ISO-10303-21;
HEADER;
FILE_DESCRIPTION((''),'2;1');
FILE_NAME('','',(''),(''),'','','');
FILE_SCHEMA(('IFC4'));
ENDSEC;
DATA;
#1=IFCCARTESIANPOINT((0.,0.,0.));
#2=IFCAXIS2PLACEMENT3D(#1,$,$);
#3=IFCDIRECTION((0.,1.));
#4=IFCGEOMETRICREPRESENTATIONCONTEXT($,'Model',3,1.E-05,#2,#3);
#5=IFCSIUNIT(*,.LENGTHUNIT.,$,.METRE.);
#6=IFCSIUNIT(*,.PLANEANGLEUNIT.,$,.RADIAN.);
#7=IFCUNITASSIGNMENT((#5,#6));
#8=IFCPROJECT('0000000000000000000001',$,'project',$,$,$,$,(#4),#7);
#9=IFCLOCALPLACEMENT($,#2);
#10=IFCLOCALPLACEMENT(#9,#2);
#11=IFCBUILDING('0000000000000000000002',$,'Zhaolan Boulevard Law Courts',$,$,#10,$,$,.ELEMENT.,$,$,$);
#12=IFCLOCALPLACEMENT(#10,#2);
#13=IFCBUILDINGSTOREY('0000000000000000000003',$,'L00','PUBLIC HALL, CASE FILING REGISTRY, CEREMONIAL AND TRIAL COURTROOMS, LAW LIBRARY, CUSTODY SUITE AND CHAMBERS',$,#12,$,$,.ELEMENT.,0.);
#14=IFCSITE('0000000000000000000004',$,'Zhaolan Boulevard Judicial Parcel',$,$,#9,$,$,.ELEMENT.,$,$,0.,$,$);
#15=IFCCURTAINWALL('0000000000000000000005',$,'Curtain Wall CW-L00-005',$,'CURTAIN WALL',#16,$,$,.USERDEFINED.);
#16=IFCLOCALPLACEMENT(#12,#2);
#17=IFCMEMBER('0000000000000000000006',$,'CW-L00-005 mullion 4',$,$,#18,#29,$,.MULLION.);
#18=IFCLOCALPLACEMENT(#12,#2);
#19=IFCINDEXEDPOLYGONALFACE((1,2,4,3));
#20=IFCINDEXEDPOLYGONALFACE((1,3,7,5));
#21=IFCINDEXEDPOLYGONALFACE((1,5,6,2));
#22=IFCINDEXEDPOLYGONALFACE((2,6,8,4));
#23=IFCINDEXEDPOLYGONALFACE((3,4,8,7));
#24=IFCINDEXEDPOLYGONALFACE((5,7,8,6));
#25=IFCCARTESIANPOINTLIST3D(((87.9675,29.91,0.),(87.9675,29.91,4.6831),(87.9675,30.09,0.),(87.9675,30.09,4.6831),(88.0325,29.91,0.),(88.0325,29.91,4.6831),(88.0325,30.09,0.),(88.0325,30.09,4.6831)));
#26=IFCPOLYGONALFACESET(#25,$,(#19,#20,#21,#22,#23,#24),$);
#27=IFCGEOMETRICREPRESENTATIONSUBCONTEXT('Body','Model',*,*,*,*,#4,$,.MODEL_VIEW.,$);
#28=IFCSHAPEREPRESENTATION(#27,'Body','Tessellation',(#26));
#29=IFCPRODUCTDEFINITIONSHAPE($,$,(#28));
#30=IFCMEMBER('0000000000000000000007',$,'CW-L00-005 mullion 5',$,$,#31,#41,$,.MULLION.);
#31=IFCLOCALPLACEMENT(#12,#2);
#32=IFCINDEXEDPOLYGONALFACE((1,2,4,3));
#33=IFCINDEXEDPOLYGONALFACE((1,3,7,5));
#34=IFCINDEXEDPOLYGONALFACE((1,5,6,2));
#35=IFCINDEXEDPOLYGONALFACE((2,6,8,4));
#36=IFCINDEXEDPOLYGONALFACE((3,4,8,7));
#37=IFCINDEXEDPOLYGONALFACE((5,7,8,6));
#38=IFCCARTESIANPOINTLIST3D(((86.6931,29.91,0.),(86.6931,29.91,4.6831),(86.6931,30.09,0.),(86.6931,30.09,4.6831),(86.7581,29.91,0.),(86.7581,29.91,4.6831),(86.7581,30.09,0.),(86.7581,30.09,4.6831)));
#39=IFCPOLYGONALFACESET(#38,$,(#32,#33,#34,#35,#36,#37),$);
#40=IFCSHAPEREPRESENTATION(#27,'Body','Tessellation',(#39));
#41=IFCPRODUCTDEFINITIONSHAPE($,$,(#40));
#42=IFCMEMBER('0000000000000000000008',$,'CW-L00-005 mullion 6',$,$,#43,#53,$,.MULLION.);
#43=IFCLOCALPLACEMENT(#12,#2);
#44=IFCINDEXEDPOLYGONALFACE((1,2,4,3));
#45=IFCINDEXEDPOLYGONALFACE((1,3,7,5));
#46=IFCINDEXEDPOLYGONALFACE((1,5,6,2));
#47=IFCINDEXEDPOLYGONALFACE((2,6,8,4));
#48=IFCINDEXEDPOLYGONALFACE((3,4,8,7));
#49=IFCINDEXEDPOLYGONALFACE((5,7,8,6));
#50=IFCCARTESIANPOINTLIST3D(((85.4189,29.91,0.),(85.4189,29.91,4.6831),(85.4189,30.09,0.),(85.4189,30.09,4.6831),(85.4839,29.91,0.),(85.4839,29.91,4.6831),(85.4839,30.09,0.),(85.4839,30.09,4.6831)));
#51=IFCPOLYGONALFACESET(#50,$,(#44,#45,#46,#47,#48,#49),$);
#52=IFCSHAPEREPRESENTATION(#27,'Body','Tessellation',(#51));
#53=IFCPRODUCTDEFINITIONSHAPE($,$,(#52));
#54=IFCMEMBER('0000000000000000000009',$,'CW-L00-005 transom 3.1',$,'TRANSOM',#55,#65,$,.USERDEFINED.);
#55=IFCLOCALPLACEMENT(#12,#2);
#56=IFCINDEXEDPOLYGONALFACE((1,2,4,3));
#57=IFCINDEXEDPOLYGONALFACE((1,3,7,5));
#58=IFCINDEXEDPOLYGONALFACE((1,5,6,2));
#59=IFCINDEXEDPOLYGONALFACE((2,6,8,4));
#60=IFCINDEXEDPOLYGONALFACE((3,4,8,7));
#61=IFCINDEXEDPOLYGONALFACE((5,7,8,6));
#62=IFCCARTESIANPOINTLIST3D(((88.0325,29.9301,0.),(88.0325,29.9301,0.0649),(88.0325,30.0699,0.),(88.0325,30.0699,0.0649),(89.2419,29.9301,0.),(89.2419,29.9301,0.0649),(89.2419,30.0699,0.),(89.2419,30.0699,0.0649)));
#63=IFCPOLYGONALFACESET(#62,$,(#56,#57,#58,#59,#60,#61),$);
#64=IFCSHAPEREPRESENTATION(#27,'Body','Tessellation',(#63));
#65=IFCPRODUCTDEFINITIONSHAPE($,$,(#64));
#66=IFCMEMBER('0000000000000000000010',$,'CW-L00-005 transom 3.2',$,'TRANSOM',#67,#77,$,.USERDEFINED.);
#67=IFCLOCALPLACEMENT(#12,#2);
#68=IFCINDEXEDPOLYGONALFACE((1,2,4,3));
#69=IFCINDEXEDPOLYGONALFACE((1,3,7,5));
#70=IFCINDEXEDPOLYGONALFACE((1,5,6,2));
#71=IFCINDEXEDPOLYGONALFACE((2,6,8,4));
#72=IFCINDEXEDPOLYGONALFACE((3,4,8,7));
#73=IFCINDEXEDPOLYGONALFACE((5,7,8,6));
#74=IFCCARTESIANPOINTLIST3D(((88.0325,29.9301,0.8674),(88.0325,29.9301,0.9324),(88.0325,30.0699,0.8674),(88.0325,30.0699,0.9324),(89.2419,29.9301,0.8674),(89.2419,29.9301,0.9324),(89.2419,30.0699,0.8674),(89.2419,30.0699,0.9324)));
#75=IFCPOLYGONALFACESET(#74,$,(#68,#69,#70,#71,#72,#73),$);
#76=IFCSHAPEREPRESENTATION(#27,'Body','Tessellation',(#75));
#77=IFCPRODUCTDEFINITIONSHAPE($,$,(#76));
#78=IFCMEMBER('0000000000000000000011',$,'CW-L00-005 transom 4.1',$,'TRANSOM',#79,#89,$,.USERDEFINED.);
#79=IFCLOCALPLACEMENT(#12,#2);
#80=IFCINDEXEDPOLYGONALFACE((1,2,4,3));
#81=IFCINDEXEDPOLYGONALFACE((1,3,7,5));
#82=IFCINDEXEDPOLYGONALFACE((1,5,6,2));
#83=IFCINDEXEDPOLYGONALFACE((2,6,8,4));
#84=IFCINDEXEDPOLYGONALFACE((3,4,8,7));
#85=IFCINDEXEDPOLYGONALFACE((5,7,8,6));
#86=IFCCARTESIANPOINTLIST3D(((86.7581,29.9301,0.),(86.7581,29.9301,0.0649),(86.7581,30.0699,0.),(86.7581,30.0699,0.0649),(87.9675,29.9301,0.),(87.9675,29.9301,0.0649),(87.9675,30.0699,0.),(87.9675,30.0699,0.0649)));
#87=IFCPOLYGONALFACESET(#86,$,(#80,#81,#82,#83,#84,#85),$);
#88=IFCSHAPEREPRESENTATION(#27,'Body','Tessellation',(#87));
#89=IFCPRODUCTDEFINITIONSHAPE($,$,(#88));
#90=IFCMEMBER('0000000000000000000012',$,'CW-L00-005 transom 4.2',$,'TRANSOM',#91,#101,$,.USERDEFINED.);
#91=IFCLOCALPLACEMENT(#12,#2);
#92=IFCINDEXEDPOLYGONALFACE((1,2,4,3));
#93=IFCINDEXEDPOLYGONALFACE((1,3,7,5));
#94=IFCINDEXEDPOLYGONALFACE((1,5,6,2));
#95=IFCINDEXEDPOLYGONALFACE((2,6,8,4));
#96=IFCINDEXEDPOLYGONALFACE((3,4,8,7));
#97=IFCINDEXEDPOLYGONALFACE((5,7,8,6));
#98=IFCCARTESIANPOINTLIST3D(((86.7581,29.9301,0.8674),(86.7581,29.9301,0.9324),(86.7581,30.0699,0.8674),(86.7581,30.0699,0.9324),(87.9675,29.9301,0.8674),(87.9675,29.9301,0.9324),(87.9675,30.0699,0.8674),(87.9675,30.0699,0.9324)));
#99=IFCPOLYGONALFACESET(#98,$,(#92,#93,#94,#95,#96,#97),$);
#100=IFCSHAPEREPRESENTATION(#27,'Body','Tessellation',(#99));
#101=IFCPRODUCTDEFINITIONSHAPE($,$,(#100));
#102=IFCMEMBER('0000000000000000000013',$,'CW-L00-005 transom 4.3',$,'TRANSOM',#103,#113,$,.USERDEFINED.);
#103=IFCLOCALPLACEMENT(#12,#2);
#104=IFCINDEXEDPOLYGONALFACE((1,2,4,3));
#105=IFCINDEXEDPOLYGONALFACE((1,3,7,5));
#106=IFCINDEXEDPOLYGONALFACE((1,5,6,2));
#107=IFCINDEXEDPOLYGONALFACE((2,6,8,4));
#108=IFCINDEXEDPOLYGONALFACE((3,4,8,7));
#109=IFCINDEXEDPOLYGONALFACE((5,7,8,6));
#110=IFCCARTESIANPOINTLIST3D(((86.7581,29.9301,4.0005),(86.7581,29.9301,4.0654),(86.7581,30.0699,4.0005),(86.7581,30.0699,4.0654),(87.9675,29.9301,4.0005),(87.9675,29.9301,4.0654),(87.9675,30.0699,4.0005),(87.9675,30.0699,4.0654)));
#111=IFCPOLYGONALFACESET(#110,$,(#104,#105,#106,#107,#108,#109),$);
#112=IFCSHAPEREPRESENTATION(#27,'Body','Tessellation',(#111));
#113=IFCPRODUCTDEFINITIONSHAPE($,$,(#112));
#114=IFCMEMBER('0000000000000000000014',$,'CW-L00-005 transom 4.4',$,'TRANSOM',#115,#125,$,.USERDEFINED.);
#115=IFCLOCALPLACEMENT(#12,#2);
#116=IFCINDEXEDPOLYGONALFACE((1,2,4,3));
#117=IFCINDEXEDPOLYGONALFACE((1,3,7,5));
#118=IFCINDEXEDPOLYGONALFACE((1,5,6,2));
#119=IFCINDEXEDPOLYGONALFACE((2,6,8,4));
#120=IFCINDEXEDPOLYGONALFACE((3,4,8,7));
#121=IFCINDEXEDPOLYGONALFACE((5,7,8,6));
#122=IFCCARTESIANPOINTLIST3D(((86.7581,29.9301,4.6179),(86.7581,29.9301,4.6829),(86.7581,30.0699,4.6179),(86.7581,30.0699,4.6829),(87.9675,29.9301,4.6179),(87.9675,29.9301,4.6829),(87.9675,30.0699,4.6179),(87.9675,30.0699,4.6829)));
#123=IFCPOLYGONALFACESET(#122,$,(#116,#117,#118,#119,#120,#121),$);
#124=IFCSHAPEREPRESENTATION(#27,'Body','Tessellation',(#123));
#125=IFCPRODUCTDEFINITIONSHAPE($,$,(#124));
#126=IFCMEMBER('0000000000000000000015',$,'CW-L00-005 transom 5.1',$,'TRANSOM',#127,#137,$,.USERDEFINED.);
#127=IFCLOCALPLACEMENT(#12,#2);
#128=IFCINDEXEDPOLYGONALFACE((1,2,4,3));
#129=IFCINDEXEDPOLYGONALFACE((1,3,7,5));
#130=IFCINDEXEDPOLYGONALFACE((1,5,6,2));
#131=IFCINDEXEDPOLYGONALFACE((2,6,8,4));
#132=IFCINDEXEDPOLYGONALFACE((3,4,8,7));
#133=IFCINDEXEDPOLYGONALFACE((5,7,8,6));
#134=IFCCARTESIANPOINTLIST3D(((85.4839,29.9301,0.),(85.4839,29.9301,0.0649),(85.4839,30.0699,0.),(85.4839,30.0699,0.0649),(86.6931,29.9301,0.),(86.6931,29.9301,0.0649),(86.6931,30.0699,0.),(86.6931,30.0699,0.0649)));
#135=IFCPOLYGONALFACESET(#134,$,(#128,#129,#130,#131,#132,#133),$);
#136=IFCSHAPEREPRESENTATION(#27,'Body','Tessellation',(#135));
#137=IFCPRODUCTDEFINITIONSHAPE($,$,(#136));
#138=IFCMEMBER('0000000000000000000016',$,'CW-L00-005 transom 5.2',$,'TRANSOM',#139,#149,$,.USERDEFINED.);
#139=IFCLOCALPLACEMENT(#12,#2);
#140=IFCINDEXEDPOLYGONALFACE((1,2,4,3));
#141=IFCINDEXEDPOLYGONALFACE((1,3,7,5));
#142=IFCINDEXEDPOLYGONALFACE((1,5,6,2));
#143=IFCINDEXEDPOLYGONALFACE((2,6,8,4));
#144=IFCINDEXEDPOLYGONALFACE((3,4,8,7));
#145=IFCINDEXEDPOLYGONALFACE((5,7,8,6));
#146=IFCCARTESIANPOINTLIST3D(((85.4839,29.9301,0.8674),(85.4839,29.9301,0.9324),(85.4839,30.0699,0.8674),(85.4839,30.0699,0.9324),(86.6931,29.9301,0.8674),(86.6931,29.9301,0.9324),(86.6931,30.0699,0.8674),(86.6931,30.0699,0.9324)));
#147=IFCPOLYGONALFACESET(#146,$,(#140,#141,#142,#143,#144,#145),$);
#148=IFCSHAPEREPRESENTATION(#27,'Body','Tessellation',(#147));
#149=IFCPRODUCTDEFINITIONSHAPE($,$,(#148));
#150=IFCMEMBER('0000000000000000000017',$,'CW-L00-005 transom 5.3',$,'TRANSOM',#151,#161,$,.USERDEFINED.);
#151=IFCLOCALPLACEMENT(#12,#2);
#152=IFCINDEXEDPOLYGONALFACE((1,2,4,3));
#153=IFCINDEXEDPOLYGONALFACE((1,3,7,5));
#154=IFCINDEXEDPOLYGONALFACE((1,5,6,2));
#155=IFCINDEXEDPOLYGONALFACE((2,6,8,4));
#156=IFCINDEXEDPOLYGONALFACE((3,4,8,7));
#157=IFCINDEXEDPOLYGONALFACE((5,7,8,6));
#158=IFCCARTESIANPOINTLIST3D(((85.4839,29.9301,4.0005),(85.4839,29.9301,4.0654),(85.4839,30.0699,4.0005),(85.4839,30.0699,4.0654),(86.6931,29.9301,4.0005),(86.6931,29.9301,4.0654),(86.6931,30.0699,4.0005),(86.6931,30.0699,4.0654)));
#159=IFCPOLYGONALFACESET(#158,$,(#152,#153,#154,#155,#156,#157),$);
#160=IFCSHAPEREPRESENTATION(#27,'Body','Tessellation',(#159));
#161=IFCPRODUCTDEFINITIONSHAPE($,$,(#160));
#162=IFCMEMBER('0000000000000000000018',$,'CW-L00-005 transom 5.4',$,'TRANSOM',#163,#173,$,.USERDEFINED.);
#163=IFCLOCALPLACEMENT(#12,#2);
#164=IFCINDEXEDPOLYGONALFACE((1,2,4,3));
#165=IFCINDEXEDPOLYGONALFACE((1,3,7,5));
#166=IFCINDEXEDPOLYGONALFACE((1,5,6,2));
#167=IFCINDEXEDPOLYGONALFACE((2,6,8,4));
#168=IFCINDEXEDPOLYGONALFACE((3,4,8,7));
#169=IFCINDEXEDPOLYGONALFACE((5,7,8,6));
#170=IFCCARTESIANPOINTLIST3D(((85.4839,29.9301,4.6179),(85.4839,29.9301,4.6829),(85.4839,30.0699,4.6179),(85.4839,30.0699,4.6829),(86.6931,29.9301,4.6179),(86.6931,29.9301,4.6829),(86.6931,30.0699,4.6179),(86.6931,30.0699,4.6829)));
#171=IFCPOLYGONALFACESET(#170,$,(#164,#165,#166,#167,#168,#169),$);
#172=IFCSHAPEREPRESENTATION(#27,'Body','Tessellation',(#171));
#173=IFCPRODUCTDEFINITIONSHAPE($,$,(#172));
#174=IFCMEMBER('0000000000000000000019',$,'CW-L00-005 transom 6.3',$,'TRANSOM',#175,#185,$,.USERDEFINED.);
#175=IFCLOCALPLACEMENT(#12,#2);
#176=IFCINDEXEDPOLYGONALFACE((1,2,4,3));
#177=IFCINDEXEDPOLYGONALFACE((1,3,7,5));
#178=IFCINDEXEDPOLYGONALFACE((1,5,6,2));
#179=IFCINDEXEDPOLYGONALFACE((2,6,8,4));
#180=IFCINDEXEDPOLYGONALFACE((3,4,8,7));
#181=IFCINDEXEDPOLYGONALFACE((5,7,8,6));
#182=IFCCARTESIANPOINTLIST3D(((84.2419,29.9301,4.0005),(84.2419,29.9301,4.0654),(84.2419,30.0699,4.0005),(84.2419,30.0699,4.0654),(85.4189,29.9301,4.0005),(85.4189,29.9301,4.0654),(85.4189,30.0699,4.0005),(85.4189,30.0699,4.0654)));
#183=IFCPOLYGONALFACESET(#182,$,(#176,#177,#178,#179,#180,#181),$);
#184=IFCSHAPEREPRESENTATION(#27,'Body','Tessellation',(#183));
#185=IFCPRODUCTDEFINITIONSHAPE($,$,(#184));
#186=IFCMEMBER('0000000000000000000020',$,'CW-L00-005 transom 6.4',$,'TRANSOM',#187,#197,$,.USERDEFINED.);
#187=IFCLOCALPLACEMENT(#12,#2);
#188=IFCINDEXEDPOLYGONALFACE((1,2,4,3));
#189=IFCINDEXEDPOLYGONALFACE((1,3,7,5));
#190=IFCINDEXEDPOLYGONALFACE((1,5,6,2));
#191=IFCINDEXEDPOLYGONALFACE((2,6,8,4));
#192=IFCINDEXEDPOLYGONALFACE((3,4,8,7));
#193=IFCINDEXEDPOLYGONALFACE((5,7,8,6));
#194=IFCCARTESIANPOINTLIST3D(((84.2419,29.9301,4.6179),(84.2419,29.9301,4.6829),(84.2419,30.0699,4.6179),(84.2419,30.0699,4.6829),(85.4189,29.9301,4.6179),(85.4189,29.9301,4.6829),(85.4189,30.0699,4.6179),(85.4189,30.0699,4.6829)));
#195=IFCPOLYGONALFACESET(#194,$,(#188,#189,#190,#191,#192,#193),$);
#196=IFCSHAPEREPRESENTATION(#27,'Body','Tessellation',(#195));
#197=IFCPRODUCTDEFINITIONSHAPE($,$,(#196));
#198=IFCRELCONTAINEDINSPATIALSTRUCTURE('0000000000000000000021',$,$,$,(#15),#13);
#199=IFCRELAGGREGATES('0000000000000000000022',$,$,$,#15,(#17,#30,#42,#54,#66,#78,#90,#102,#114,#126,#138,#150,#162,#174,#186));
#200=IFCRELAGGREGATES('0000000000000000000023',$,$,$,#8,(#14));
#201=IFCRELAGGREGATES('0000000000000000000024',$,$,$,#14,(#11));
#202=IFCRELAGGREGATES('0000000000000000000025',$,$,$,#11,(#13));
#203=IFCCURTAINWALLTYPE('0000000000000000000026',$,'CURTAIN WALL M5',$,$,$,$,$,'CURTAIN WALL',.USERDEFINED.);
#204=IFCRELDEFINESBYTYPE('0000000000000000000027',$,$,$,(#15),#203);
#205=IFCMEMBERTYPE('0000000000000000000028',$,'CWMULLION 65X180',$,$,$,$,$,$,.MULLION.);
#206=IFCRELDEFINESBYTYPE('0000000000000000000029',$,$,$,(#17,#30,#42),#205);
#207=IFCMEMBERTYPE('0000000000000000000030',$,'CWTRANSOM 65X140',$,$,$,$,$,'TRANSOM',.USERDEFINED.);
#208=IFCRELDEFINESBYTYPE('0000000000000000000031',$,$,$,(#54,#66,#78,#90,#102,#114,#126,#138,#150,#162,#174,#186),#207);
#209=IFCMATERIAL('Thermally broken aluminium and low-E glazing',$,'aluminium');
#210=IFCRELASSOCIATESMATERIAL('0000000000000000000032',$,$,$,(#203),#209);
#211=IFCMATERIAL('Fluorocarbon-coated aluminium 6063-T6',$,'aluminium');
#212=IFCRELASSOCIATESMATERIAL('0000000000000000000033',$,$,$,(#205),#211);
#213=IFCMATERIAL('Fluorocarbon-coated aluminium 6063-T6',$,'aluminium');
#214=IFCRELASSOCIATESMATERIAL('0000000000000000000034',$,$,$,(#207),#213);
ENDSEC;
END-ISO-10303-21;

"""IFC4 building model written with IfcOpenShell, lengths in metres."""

from ifc_helpers import new_model, si_unit, direction, frame, origin, origin_2d, place, context, subcontext, project, spatial, rectangle, extrude, material, material_profile, profile_set, type_object, element, aggregate, save


model = new_model("IFC4")

# Units and contexts
model_context = context("Model", 3, precision=1e-05, world=origin(), true_north=direction((0.0, 1.0)))
body_context = subcontext(model_context, "Body", "Model", "MODEL_VIEW")
ifc_project = project(units=[si_unit("LENGTHUNIT", "METRE"), si_unit("PLANEANGLEUNIT", "RADIAN")], contexts=[model_context])

# Site, building, storey
site_placement = place(None, origin())
site = spatial("IfcSite", under=ifc_project, at=site_placement, Name="Zhaolan Boulevard Judicial Parcel", CompositionType="ELEMENT", RefElevation=0.0)
building_placement = place(site_placement, origin())
building = spatial("IfcBuilding", under=site, at=building_placement, Name="Zhaolan Boulevard Law Courts", CompositionType="ELEMENT")
storey_placement = place(building_placement, origin())
storey = spatial("IfcBuildingStorey", under=building, at=storey_placement, Name="L00", Description="PUBLIC HALL, CASE FILING REGISTRY, CEREMONIAL AND TRIAL COURTROOMS, LAW LIBRARY, CUSTODY SUITE AND CHAMBERS", CompositionType="ELEMENT", Elevation=0.0)

# Curtain wall, members
ifc_material_1 = material(Name="Thermally broken aluminium and low-E glazing", Category="aluminium")
curtain_wall_type = type_object("IfcCurtainWallType", Name="CURTAIN WALL M5", ElementType="CURTAIN WALL", PredefinedType="USERDEFINED", material=ifc_material_1)
curtain_wall_placement = place(storey_placement, origin())
curtain_wall = element("IfcCurtainWall", 1, at=curtain_wall_placement, inside=storey, type_object=curtain_wall_type, Name="Curtain Wall CW-L00-005", ObjectType="CURTAIN WALL", PredefinedType="USERDEFINED")
ifc_material_2 = material(Name="Fluorocarbon-coated aluminium 6063-T6", Category="aluminium")
ifc_material_profile_1 = material_profile(ifc_material_2, rectangle(XDim=0.1799, YDim=0.0649, at=origin_2d()), Name="AL65x180")
ifc_profile_set_1 = profile_set([ifc_material_profile_1], Name="Fluorocarbon-coated aluminium 6063-T6")
member_type_1 = type_object("IfcMemberType", Name="CWMULLION 65X180", PredefinedType="MULLION", material=ifc_profile_set_1)
member_1_placement = place(storey_placement, frame((88.0, 30.0, 0.0), z_axis=(0.0, 0.0, 1.0), x_axis=(0.0, -1.0, 0.0)))
member_1 = element("IfcMember", 2, at=member_1_placement, type_object=member_type_1, Name="CW-L00-005 mullion 4", PredefinedType="MULLION", context=body_context, shape_type="SweptSolid", body=[
    extrude(rectangle(XDim=0.1799, YDim=0.0649, at=origin_2d()), origin(), (0.0, 0.0, 1.0), 4.6831),
])
member_2_placement = place(storey_placement, frame((86.7256, 30.0, 0.0), z_axis=(0.0, 0.0, 1.0), x_axis=(0.0, -1.0, 0.0)))
member_2 = element("IfcMember", 3, at=member_2_placement, type_object=member_type_1, Name="CW-L00-005 mullion 5", PredefinedType="MULLION", context=body_context, shape_type="SweptSolid", body=[
    extrude(rectangle(XDim=0.1799, YDim=0.0649, at=origin_2d()), origin(), (0.0, 0.0, 1.0), 4.6831),
])
member_3_placement = place(storey_placement, frame((85.4514, 30.0, 0.0), z_axis=(0.0, 0.0, 1.0), x_axis=(0.0, -1.0, 0.0)))
member_3 = element("IfcMember", 4, at=member_3_placement, type_object=member_type_1, Name="CW-L00-005 mullion 6", PredefinedType="MULLION", context=body_context, shape_type="SweptSolid", body=[
    extrude(rectangle(XDim=0.1799, YDim=0.0649, at=origin_2d()), origin(), (0.0, 0.0, 1.0), 4.6831),
])
ifc_material_3 = material(Name="Fluorocarbon-coated aluminium 6063-T6", Category="aluminium")
ifc_material_profile_2 = material_profile(ifc_material_3, rectangle(XDim=0.1399, YDim=0.0649, at=origin_2d()), Name="AL65x140")
ifc_profile_set_2 = profile_set([ifc_material_profile_2], Name="Fluorocarbon-coated aluminium 6063-T6")
member_type_2 = type_object("IfcMemberType", Name="CWTRANSOM 65X140", ElementType="TRANSOM", PredefinedType="USERDEFINED", material=ifc_profile_set_2)
member_4_placement = place(storey_placement, frame((89.2419, 30.0, 0.0325), z_axis=(-1.0, 0.0, 0.0), x_axis=(0.0, -1.0, 0.0)))
member_4 = element("IfcMember", 5, at=member_4_placement, type_object=member_type_2, Name="CW-L00-005 transom 3.1", ObjectType="TRANSOM", PredefinedType="USERDEFINED", context=body_context, shape_type="SweptSolid", body=[
    extrude(rectangle(XDim=0.1399, YDim=0.0649, at=origin_2d()), origin(), (0.0, 0.0, 1.0), 1.2095),
])
member_5_placement = place(storey_placement, frame((89.2419, 30.0, 0.8999), z_axis=(-1.0, 0.0, 0.0), x_axis=(0.0, -1.0, 0.0)))
member_5 = element("IfcMember", 6, at=member_5_placement, type_object=member_type_2, Name="CW-L00-005 transom 3.2", ObjectType="TRANSOM", PredefinedType="USERDEFINED", context=body_context, shape_type="SweptSolid", body=[
    extrude(rectangle(XDim=0.1399, YDim=0.0649, at=origin_2d()), origin(), (0.0, 0.0, 1.0), 1.2095),
])
member_6_placement = place(storey_placement, frame((87.9675, 30.0, 0.0325), z_axis=(-1.0, 0.0, 0.0), x_axis=(0.0, -1.0, 0.0)))
member_6 = element("IfcMember", 7, at=member_6_placement, type_object=member_type_2, Name="CW-L00-005 transom 4.1", ObjectType="TRANSOM", PredefinedType="USERDEFINED", context=body_context, shape_type="SweptSolid", body=[
    extrude(rectangle(XDim=0.1399, YDim=0.0649, at=origin_2d()), origin(), (0.0, 0.0, 1.0), 1.2095),
])
member_7_placement = place(storey_placement, frame((87.9675, 30.0, 0.8999), z_axis=(-1.0, 0.0, 0.0), x_axis=(0.0, -1.0, 0.0)))
member_7 = element("IfcMember", 8, at=member_7_placement, type_object=member_type_2, Name="CW-L00-005 transom 4.2", ObjectType="TRANSOM", PredefinedType="USERDEFINED", context=body_context, shape_type="SweptSolid", body=[
    extrude(rectangle(XDim=0.1399, YDim=0.0649, at=origin_2d()), origin(), (0.0, 0.0, 1.0), 1.2095),
])
member_8_placement = place(storey_placement, frame((87.9675, 30.0, 4.033), z_axis=(-1.0, 0.0, 0.0), x_axis=(0.0, -1.0, 0.0)))
member_8 = element("IfcMember", 9, at=member_8_placement, type_object=member_type_2, Name="CW-L00-005 transom 4.3", ObjectType="TRANSOM", PredefinedType="USERDEFINED", context=body_context, shape_type="SweptSolid", body=[
    extrude(rectangle(XDim=0.1399, YDim=0.0649, at=origin_2d()), origin(), (0.0, 0.0, 1.0), 1.2095),
])
member_9_placement = place(storey_placement, frame((87.9675, 30.0, 4.6504), z_axis=(-1.0, 0.0, 0.0), x_axis=(0.0, -1.0, 0.0)))
member_9 = element("IfcMember", 10, at=member_9_placement, type_object=member_type_2, Name="CW-L00-005 transom 4.4", ObjectType="TRANSOM", PredefinedType="USERDEFINED", context=body_context, shape_type="SweptSolid", body=[
    extrude(rectangle(XDim=0.1399, YDim=0.0649, at=origin_2d()), origin(), (0.0, 0.0, 1.0), 1.2095),
])
member_10_placement = place(storey_placement, frame((86.6931, 30.0, 0.0325), z_axis=(-1.0, 0.0, 0.0), x_axis=(0.0, -1.0, 0.0)))
member_10 = element("IfcMember", 11, at=member_10_placement, type_object=member_type_2, Name="CW-L00-005 transom 5.1", ObjectType="TRANSOM", PredefinedType="USERDEFINED", context=body_context, shape_type="SweptSolid", body=[
    extrude(rectangle(XDim=0.1399, YDim=0.0649, at=origin_2d()), origin(), (0.0, 0.0, 1.0), 1.2092),
])
member_11_placement = place(storey_placement, frame((86.6931, 30.0, 0.8999), z_axis=(-1.0, 0.0, 0.0), x_axis=(0.0, -1.0, 0.0)))
member_11 = element("IfcMember", 12, at=member_11_placement, type_object=member_type_2, Name="CW-L00-005 transom 5.2", ObjectType="TRANSOM", PredefinedType="USERDEFINED", context=body_context, shape_type="SweptSolid", body=[
    extrude(rectangle(XDim=0.1399, YDim=0.0649, at=origin_2d()), origin(), (0.0, 0.0, 1.0), 1.2092),
])
member_12_placement = place(storey_placement, frame((86.6931, 30.0, 4.033), z_axis=(-1.0, 0.0, 0.0), x_axis=(0.0, -1.0, 0.0)))
member_12 = element("IfcMember", 13, at=member_12_placement, type_object=member_type_2, Name="CW-L00-005 transom 5.3", ObjectType="TRANSOM", PredefinedType="USERDEFINED", context=body_context, shape_type="SweptSolid", body=[
    extrude(rectangle(XDim=0.1399, YDim=0.0649, at=origin_2d()), origin(), (0.0, 0.0, 1.0), 1.2092),
])
member_13_placement = place(storey_placement, frame((86.6931, 30.0, 4.6504), z_axis=(-1.0, 0.0, 0.0), x_axis=(0.0, -1.0, 0.0)))
member_13 = element("IfcMember", 14, at=member_13_placement, type_object=member_type_2, Name="CW-L00-005 transom 5.4", ObjectType="TRANSOM", PredefinedType="USERDEFINED", context=body_context, shape_type="SweptSolid", body=[
    extrude(rectangle(XDim=0.1399, YDim=0.0649, at=origin_2d()), origin(), (0.0, 0.0, 1.0), 1.2092),
])
member_14_placement = place(storey_placement, frame((85.4189, 30.0, 4.033), z_axis=(-1.0, 0.0, 0.0), x_axis=(0.0, -1.0, 0.0)))
member_14 = element("IfcMember", 15, at=member_14_placement, type_object=member_type_2, Name="CW-L00-005 transom 6.3", ObjectType="TRANSOM", PredefinedType="USERDEFINED", context=body_context, shape_type="SweptSolid", body=[
    extrude(rectangle(XDim=0.1399, YDim=0.0649, at=origin_2d()), origin(), (0.0, 0.0, 1.0), 1.177),
])
member_15_placement = place(storey_placement, frame((85.4189, 30.0, 4.6504), z_axis=(-1.0, 0.0, 0.0), x_axis=(0.0, -1.0, 0.0)))
member_15 = element("IfcMember", 16, at=member_15_placement, type_object=member_type_2, Name="CW-L00-005 transom 6.4", ObjectType="TRANSOM", PredefinedType="USERDEFINED", context=body_context, shape_type="SweptSolid", body=[
    extrude(rectangle(XDim=0.1399, YDim=0.0649, at=origin_2d()), origin(), (0.0, 0.0, 1.0), 1.177),
])
aggregate(curtain_wall, [member_1, member_2, member_3, member_4, member_5, member_6, member_7, member_8, member_9, member_10, member_11, member_12, member_13, member_14, member_15])

save(model, "model.ifc")
